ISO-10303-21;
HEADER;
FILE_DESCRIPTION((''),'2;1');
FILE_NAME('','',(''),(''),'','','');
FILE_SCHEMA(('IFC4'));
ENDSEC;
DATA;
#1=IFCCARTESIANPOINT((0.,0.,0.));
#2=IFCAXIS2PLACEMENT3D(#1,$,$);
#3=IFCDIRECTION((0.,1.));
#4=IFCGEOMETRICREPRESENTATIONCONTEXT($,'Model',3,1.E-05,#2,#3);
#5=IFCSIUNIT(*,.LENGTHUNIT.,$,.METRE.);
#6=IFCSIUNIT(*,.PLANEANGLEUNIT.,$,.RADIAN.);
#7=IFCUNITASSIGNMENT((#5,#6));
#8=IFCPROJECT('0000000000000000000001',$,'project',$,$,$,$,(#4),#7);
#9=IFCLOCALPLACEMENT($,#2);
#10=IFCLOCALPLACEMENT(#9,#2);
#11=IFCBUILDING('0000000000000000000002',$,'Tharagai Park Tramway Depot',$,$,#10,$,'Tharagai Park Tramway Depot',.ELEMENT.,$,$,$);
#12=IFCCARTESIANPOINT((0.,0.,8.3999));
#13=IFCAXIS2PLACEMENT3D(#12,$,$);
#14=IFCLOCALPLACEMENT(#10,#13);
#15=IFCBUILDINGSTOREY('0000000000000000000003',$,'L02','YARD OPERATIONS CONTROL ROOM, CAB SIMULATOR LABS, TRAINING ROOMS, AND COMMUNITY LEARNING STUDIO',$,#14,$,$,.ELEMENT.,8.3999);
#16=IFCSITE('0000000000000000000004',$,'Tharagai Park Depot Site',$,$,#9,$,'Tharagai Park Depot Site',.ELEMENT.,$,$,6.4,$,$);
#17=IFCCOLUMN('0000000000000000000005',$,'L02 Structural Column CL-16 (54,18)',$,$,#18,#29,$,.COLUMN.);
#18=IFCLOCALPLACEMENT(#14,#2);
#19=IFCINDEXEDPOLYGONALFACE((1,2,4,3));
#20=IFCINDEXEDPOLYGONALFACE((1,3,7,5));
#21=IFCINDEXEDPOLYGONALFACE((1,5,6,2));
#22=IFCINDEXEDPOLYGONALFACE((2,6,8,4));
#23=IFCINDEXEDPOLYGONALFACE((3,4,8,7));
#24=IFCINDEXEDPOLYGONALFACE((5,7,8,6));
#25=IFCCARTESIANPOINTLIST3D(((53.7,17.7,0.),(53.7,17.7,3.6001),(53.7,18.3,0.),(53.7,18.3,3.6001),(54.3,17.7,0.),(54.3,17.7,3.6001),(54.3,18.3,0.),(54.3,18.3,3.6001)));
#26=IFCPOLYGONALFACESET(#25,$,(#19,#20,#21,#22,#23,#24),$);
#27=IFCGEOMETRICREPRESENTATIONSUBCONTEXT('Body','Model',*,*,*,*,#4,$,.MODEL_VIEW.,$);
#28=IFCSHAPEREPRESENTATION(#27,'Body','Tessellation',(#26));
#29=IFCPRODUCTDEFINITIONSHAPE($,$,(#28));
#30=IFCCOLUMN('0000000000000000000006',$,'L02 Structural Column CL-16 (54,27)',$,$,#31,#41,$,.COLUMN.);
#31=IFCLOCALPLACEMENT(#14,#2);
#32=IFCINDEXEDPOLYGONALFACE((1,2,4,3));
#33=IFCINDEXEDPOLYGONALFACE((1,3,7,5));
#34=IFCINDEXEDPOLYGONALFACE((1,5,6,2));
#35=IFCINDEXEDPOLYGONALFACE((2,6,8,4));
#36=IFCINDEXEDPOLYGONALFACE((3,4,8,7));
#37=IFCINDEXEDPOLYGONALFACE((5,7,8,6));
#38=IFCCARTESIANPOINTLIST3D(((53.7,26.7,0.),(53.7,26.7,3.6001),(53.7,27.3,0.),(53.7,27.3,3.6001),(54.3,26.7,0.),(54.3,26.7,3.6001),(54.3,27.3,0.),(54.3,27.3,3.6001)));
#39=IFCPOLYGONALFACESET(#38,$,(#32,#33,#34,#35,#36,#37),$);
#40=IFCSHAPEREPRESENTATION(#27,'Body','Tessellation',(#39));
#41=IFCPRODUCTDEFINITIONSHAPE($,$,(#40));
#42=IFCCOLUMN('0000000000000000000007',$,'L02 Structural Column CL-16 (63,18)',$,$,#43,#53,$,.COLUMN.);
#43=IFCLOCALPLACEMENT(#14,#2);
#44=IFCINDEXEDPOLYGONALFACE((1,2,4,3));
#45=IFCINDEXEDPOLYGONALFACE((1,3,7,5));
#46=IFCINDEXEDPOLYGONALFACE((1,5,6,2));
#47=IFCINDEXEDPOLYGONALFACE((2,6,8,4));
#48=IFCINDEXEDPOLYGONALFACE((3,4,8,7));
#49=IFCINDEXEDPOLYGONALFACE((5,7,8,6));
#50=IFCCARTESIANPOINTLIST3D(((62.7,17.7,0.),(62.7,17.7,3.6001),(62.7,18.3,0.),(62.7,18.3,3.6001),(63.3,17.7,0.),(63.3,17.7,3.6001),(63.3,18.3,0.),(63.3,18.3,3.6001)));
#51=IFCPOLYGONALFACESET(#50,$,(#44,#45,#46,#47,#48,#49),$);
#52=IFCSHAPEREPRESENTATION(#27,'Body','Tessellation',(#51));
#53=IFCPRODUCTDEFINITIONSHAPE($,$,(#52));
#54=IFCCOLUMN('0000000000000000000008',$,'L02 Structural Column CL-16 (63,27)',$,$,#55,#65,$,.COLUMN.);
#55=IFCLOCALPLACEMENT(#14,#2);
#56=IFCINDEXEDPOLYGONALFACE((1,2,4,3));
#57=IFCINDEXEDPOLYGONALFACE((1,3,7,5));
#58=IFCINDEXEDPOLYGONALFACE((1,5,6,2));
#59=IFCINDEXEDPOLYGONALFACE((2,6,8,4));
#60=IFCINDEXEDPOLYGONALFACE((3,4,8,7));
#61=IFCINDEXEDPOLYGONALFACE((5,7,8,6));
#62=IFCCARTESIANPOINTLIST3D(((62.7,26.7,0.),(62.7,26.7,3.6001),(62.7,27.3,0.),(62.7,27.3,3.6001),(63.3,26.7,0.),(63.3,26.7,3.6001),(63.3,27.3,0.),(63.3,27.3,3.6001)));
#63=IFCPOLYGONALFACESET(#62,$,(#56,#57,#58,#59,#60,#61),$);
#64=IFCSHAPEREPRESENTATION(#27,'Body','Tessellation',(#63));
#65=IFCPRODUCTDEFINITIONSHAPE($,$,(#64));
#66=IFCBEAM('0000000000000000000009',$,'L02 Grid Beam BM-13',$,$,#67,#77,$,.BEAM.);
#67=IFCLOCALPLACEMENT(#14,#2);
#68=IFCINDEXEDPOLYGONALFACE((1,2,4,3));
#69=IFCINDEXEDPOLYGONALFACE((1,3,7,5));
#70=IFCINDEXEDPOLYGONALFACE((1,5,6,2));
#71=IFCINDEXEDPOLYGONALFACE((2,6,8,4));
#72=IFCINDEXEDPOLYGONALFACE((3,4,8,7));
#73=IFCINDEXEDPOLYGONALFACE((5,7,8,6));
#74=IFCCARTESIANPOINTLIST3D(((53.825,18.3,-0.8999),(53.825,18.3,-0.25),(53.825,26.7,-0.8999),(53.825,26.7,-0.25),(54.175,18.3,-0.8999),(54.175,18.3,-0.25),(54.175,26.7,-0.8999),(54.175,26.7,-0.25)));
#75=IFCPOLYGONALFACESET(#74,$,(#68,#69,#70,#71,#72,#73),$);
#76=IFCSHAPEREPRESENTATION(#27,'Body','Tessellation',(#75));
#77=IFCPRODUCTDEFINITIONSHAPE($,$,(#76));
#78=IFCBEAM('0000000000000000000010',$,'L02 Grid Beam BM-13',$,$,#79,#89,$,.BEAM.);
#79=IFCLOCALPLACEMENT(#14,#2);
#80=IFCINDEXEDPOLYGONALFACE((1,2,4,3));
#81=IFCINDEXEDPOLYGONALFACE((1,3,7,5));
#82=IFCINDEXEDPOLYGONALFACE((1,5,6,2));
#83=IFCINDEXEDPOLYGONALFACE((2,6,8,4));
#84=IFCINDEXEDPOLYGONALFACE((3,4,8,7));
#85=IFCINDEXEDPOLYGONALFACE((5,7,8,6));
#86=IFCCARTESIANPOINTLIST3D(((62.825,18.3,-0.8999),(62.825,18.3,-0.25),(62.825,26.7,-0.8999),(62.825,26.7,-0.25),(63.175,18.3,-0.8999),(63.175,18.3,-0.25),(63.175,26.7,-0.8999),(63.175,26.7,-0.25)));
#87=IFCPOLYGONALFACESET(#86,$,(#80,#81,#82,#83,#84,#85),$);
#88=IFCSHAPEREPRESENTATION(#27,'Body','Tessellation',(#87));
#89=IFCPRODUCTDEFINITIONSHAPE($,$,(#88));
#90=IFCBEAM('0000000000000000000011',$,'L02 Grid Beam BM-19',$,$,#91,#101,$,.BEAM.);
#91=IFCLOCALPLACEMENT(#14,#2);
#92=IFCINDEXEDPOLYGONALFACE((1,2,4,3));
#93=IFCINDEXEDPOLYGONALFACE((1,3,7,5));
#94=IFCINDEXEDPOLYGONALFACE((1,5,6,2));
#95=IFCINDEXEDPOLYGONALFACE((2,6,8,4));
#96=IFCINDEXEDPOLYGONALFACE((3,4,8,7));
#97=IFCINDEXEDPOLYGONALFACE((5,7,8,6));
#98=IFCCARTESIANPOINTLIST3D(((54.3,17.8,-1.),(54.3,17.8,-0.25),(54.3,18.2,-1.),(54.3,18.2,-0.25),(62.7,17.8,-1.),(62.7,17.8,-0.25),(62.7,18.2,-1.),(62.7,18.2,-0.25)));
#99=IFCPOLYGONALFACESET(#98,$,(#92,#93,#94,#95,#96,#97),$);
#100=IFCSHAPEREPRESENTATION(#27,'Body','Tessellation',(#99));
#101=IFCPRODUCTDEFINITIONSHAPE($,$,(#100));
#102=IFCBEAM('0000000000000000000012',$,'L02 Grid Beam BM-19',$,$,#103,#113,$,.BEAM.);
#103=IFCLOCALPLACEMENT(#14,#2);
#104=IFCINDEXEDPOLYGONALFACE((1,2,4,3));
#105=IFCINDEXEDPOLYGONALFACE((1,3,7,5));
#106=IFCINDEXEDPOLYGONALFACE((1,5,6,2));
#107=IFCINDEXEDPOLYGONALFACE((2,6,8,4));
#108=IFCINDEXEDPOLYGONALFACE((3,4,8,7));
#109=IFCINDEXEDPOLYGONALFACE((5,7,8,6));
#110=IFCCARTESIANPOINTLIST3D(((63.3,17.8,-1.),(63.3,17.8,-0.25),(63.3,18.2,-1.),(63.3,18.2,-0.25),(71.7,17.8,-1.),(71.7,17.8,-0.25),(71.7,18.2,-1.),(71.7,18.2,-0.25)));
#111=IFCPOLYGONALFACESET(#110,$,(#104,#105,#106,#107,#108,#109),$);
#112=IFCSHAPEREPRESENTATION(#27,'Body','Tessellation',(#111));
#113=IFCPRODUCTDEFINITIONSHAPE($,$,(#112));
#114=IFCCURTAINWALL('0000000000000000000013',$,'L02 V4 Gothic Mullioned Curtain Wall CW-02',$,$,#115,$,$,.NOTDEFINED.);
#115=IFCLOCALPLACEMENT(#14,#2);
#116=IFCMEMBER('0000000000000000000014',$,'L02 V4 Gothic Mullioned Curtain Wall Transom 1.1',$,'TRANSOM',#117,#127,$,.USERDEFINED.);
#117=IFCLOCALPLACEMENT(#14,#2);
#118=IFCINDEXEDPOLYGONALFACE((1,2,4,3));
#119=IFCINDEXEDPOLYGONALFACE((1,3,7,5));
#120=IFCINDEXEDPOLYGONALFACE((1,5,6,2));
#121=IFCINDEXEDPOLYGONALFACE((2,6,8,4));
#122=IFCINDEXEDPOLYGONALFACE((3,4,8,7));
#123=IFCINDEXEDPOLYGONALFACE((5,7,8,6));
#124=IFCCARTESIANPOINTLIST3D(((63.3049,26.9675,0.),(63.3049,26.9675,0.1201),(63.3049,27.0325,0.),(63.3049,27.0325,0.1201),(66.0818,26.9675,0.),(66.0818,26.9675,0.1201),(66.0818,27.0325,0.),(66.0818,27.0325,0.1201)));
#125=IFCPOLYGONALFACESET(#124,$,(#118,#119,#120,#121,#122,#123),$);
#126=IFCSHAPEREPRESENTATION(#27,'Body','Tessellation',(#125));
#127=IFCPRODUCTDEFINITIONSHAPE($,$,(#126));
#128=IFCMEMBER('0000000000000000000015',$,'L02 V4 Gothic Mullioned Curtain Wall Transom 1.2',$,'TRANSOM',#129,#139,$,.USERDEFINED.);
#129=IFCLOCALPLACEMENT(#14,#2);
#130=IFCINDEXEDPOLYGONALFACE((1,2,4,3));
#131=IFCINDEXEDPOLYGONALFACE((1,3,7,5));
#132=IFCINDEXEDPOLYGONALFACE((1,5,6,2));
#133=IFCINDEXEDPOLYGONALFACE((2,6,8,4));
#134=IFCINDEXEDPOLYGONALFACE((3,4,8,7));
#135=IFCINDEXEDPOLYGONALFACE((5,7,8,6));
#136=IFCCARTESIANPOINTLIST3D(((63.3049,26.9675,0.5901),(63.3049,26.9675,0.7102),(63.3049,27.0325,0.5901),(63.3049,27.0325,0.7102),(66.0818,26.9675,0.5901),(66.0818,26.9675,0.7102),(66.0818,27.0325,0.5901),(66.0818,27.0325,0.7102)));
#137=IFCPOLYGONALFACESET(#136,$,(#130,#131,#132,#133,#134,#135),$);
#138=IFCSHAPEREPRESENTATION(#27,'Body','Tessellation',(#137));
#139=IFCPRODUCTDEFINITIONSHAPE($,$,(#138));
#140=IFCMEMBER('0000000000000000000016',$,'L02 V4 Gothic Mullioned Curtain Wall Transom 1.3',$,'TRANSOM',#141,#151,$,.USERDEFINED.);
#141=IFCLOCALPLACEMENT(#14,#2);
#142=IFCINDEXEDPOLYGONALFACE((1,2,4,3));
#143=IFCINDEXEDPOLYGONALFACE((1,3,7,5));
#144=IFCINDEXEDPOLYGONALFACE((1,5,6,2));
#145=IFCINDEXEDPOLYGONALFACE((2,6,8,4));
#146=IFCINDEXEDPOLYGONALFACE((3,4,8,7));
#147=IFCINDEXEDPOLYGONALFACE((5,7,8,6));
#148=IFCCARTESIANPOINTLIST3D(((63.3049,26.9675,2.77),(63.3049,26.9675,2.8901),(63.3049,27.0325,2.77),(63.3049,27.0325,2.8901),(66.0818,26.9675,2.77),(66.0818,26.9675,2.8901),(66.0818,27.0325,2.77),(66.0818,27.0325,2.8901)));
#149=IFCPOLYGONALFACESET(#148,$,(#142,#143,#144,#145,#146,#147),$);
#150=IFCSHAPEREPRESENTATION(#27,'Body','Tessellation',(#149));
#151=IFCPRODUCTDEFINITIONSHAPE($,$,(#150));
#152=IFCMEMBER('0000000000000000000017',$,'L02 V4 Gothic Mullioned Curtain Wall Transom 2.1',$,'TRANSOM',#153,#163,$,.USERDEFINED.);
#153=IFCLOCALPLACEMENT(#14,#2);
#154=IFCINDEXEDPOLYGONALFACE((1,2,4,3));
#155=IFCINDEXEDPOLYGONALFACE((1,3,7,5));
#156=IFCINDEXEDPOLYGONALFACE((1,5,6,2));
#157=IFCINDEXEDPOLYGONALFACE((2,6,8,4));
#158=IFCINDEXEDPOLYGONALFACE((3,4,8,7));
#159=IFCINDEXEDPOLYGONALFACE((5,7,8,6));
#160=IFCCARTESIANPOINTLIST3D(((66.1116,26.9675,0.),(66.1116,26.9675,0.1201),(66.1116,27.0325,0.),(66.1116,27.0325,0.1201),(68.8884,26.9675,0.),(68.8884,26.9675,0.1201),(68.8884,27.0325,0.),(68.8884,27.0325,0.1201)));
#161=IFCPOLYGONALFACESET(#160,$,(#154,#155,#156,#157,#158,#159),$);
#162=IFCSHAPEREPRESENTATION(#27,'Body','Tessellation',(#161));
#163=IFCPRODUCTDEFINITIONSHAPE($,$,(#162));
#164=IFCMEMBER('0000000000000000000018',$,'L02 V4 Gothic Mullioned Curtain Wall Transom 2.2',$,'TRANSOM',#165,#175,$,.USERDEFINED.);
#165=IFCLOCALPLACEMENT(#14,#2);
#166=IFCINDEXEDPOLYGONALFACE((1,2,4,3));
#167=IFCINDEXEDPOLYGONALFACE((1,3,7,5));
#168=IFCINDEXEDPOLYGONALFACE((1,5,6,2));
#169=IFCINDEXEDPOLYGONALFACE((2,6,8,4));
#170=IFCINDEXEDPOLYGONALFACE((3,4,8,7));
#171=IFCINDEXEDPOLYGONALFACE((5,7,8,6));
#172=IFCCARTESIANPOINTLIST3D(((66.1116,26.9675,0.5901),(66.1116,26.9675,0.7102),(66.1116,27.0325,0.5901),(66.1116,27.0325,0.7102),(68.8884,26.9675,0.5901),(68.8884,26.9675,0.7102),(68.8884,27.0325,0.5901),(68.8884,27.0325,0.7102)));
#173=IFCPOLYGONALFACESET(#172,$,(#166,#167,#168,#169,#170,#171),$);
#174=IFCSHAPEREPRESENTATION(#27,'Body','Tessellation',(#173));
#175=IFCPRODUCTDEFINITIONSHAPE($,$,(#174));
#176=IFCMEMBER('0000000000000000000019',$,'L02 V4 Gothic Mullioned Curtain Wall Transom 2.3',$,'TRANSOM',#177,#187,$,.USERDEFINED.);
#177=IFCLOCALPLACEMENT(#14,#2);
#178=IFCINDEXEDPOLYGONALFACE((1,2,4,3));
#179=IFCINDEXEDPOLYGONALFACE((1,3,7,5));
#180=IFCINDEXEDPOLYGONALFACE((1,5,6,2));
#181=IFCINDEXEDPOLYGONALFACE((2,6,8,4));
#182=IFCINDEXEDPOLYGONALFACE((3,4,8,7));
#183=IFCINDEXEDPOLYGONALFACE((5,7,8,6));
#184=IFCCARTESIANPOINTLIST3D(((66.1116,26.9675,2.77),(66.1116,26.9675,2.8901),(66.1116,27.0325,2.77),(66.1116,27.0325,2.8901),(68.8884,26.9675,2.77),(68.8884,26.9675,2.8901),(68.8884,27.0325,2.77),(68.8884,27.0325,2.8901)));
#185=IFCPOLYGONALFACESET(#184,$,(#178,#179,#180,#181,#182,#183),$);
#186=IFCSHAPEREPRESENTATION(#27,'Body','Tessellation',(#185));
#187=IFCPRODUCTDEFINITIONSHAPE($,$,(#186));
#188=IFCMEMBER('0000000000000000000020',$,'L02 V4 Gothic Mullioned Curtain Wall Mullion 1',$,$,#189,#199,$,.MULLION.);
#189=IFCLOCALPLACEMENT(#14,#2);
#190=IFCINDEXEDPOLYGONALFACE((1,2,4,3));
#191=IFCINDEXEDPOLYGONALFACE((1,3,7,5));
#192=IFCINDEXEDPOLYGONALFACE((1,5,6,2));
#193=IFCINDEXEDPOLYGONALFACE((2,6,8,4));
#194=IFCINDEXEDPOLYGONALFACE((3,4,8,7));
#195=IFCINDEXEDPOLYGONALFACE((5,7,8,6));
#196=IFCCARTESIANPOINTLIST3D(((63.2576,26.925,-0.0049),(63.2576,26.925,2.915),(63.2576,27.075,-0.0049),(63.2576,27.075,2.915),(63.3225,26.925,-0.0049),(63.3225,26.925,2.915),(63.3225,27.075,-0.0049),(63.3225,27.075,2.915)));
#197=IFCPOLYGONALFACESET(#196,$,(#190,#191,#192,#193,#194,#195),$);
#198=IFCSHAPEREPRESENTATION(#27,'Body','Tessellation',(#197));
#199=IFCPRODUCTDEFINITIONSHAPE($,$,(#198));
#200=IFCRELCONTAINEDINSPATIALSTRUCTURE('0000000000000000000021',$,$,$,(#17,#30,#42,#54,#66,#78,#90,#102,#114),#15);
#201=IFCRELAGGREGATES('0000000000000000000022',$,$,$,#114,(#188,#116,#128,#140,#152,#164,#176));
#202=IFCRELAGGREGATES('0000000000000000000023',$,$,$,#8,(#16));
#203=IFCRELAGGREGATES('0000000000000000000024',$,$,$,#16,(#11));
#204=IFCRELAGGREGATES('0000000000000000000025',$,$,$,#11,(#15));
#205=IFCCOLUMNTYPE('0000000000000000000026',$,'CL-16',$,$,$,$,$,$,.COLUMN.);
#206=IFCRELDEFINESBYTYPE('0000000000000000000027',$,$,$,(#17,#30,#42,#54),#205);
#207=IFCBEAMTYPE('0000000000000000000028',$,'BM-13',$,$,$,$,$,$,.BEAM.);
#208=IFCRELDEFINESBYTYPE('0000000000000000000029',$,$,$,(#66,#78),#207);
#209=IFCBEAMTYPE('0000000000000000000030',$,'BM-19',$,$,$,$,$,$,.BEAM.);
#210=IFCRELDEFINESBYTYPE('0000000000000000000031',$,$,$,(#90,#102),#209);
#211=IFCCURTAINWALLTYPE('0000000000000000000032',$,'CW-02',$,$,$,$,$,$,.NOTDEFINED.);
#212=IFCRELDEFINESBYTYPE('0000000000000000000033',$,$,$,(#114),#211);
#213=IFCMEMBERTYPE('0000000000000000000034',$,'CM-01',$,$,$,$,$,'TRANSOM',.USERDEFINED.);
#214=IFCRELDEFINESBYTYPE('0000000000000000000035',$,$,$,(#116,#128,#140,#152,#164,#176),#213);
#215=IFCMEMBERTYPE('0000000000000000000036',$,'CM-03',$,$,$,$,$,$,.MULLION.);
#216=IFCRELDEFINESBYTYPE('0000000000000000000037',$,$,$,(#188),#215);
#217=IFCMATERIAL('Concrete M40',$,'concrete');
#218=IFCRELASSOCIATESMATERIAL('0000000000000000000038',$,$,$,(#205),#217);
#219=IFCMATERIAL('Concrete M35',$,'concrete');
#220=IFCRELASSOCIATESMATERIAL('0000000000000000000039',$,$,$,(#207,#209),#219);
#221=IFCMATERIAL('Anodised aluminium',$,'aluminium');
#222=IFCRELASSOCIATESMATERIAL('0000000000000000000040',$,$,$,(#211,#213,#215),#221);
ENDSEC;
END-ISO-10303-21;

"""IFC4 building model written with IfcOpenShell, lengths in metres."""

from ifc_helpers import new_model, si_unit, direction, frame, origin, origin_2d, place, context, subcontext, project, spatial, rectangle, extrude, material, material_profile, profile_set, type_object, element, aggregate, save


model = new_model("IFC4")

# Units and contexts
model_context = context("Model", 3, precision=1e-05, world=origin(), true_north=direction((0.0, 1.0)))
body_context = subcontext(model_context, "Body", "Model", "MODEL_VIEW")
ifc_project = project(units=[si_unit("LENGTHUNIT", "METRE"), si_unit("PLANEANGLEUNIT", "RADIAN")], contexts=[model_context])

# Site, building, storey
site_placement = place(None, origin())
site = spatial("IfcSite", under=ifc_project, at=site_placement, Name="Tharagai Park Depot Site", LongName="Tharagai Park Depot Site", CompositionType="ELEMENT", RefElevation=6.4)
building_placement = place(site_placement, origin())
building = spatial("IfcBuilding", under=site, at=building_placement, Name="Tharagai Park Tramway Depot", LongName="Tharagai Park Tramway Depot", CompositionType="ELEMENT")
storey_placement = place(building_placement, frame((0.0, 0.0, 8.3999)))
storey = spatial("IfcBuildingStorey", under=building, at=storey_placement, Name="L02", Description="YARD OPERATIONS CONTROL ROOM, CAB SIMULATOR LABS, TRAINING ROOMS, AND COMMUNITY LEARNING STUDIO", CompositionType="ELEMENT", Elevation=8.3999)

# Columns
ifc_material_1 = material(Name="Concrete M40", Category="concrete")
ifc_material_profile_1 = material_profile(ifc_material_1, rectangle(XDim=0.6001, YDim=0.6001, at=origin_2d()), Name="RC 600x600")
ifc_profile_set_1 = profile_set([ifc_material_profile_1], Name="Concrete M40")
column_type = type_object("IfcColumnType", Name="CL-16", PredefinedType="COLUMN", material=ifc_profile_set_1)
for number, where, z_axis, x_axis, name in (
    (1, (54.0, 18.0, 0.0), (0.0, 0.0, 1.0), (1.0, 0.0, 0.0), "L02 Structural Column CL-16 (54,18)"),
    (2, (54.0, 27.0, 0.0), (0.0, 0.0, 1.0), (1.0, 0.0, 0.0), "L02 Structural Column CL-16 (54,27)"),
    (3, (63.0, 18.0, 0.0), (0.0, 0.0, 1.0), (1.0, 0.0, 0.0), "L02 Structural Column CL-16 (63,18)"),
    (4, (63.0, 27.0, 0.0), (0.0, 0.0, 1.0), (1.0, 0.0, 0.0), "L02 Structural Column CL-16 (63,27)"),
):
    element("IfcColumn", number, at=place(storey_placement, frame(where, z_axis=z_axis, x_axis=x_axis)), inside=storey, type_object=column_type, Name=name, PredefinedType="COLUMN", context=body_context, shape_type="SweptSolid", body=[
        extrude(rectangle(XDim=0.6001, YDim=0.6001, at=origin_2d()), origin(), (0.0, 0.0, 1.0), 3.6001),
    ])

# Beams
ifc_material_2 = material(Name="Concrete M35", Category="concrete")
ifc_material_profile_2 = material_profile(ifc_material_2, rectangle(XDim=0.3501, YDim=0.6499, at=origin_2d()), Name="RC 350x650")
ifc_profile_set_2 = profile_set([ifc_material_profile_2], Name="Concrete M35")
beam_type_1 = type_object("IfcBeamType", Name="BM-13", PredefinedType="BEAM", material=ifc_profile_set_2)
for number, where, z_axis, x_axis, name in (
    (5, (54.0, 18.3, -0.575), (0.0, 1.0, 0.0), (-1.0, 0.0, 0.0), "L02 Grid Beam BM-13"),
    (6, (63.0, 18.3, -0.575), (0.0, 1.0, 0.0), (-1.0, 0.0, 0.0), "L02 Grid Beam BM-13"),
):
    element("IfcBeam", number, at=place(storey_placement, frame(where, z_axis=z_axis, x_axis=x_axis)), inside=storey, type_object=beam_type_1, Name=name, PredefinedType="BEAM", context=body_context, shape_type="SweptSolid", body=[
        extrude(rectangle(XDim=0.3501, YDim=0.6499, at=origin_2d()), origin(), (0.0, 0.0, 1.0), 8.3999),
    ])
ifc_material_profile_3 = material_profile(ifc_material_2, rectangle(XDim=0.3999, YDim=0.75, at=origin_2d()), Name="RC 400x750")
ifc_profile_set_3 = profile_set([ifc_material_profile_3], Name="Concrete M35")
beam_type_2 = type_object("IfcBeamType", Name="BM-19", PredefinedType="BEAM", material=ifc_profile_set_3)
for number, where, z_axis, x_axis, name in (
    (7, (54.3, 18.0, -0.625), (1.0, 0.0, 0.0), (0.0, 1.0, 0.0), "L02 Grid Beam BM-19"),
    (8, (63.3, 18.0, -0.625), (1.0, 0.0, 0.0), (0.0, 1.0, 0.0), "L02 Grid Beam BM-19"),
):
    element("IfcBeam", number, at=place(storey_placement, frame(where, z_axis=z_axis, x_axis=x_axis)), inside=storey, type_object=beam_type_2, Name=name, PredefinedType="BEAM", context=body_context, shape_type="SweptSolid", body=[
        extrude(rectangle(XDim=0.3999, YDim=0.75, at=origin_2d()), origin(), (0.0, 0.0, 1.0), 8.3999),
    ])

# Curtain wall, members
ifc_material_3 = material(Name="Anodised aluminium", Category="aluminium")
curtain_wall_type = type_object("IfcCurtainWallType", Name="CW-02", PredefinedType="NOTDEFINED", material=ifc_material_3)
curtain_wall_placement = place(storey_placement, origin())
curtain_wall = element("IfcCurtainWall", 9, at=curtain_wall_placement, inside=storey, type_object=curtain_wall_type, Name="L02 V4 Gothic Mullioned Curtain Wall CW-02", PredefinedType="NOTDEFINED")
ifc_material_profile_4 = material_profile(ifc_material_3, rectangle(XDim=0.0649, YDim=0.1201, at=origin_2d()), Name="ALU 65x120")
ifc_profile_set_4 = profile_set([ifc_material_profile_4], Name="Anodised aluminium")
member_type_1 = type_object("IfcMemberType", Name="CM-01", ElementType="TRANSOM", PredefinedType="USERDEFINED", material=ifc_profile_set_4)
member_1_placement = place(storey_placement, frame((63.3049, 27.0, 0.0601), z_axis=(1.0, 0.0, 0.0), x_axis=(0.0, 1.0, 0.0)))
member_1 = element("IfcMember", 10, at=member_1_placement, type_object=member_type_1, Name="L02 V4 Gothic Mullioned Curtain Wall Transom 1.1", ObjectType="TRANSOM", PredefinedType="USERDEFINED", context=body_context, shape_type="SweptSolid", body=[
    extrude(rectangle(XDim=0.0649, YDim=0.1201, at=origin_2d()), origin(), (0.0, 0.0, 1.0), 2.7769),
])
member_2_placement = place(storey_placement, frame((63.3049, 27.0, 0.6501), z_axis=(1.0, 0.0, 0.0), x_axis=(0.0, 1.0, 0.0)))
member_2 = element("IfcMember", 11, at=member_2_placement, type_object=member_type_1, Name="L02 V4 Gothic Mullioned Curtain Wall Transom 1.2", ObjectType="TRANSOM", PredefinedType="USERDEFINED", context=body_context, shape_type="SweptSolid", body=[
    extrude(rectangle(XDim=0.0649, YDim=0.1201, at=origin_2d()), origin(), (0.0, 0.0, 1.0), 2.7769),
])
member_3_placement = place(storey_placement, frame((63.3049, 27.0, 2.8301), z_axis=(1.0, 0.0, 0.0), x_axis=(0.0, 1.0, 0.0)))
member_3 = element("IfcMember", 12, at=member_3_placement, type_object=member_type_1, Name="L02 V4 Gothic Mullioned Curtain Wall Transom 1.3", ObjectType="TRANSOM", PredefinedType="USERDEFINED", context=body_context, shape_type="SweptSolid", body=[
    extrude(rectangle(XDim=0.0649, YDim=0.1201, at=origin_2d()), origin(), (0.0, 0.0, 1.0), 2.7769),
])
member_4_placement = place(storey_placement, frame((66.1116, 27.0, 0.0601), z_axis=(1.0, 0.0, 0.0), x_axis=(0.0, 1.0, 0.0)))
member_4 = element("IfcMember", 13, at=member_4_placement, type_object=member_type_1, Name="L02 V4 Gothic Mullioned Curtain Wall Transom 2.1", ObjectType="TRANSOM", PredefinedType="USERDEFINED", context=body_context, shape_type="SweptSolid", body=[
    extrude(rectangle(XDim=0.0649, YDim=0.1201, at=origin_2d()), origin(), (0.0, 0.0, 1.0), 2.7769),
])
member_5_placement = place(storey_placement, frame((66.1116, 27.0, 0.6501), z_axis=(1.0, 0.0, 0.0), x_axis=(0.0, 1.0, 0.0)))
member_5 = element("IfcMember", 14, at=member_5_placement, type_object=member_type_1, Name="L02 V4 Gothic Mullioned Curtain Wall Transom 2.2", ObjectType="TRANSOM", PredefinedType="USERDEFINED", context=body_context, shape_type="SweptSolid", body=[
    extrude(rectangle(XDim=0.0649, YDim=0.1201, at=origin_2d()), origin(), (0.0, 0.0, 1.0), 2.7769),
])
member_6_placement = place(storey_placement, frame((66.1116, 27.0, 2.8301), z_axis=(1.0, 0.0, 0.0), x_axis=(0.0, 1.0, 0.0)))
member_6 = element("IfcMember", 15, at=member_6_placement, type_object=member_type_1, Name="L02 V4 Gothic Mullioned Curtain Wall Transom 2.3", ObjectType="TRANSOM", PredefinedType="USERDEFINED", context=body_context, shape_type="SweptSolid", body=[
    extrude(rectangle(XDim=0.0649, YDim=0.1201, at=origin_2d()), origin(), (0.0, 0.0, 1.0), 2.7769),
])
ifc_material_profile_5 = material_profile(ifc_material_3, rectangle(XDim=0.0649, YDim=0.1499, at=origin_2d()), Name="ALU 65x150")
ifc_profile_set_5 = profile_set([ifc_material_profile_5], Name="Anodised aluminium")
member_type_2 = type_object("IfcMemberType", Name="CM-03", PredefinedType="MULLION", material=ifc_profile_set_5)
member_7_placement = place(storey_placement, frame((63.29, 27.0, -0.0049), z_axis=(0.0, 0.0, 1.0), x_axis=(1.0, 0.0, 0.0)))
member_7 = element("IfcMember", 16, at=member_7_placement, type_object=member_type_2, Name="L02 V4 Gothic Mullioned Curtain Wall Mullion 1", PredefinedType="MULLION", context=body_context, shape_type="SweptSolid", body=[
    extrude(rectangle(XDim=0.0649, YDim=0.1499, at=origin_2d()), origin(), (0.0, 0.0, 1.0), 2.9199),
])

aggregate(curtain_wall, [member_7, member_1, member_2, member_3, member_4, member_5, member_6])

save(model, "model.ifc")
